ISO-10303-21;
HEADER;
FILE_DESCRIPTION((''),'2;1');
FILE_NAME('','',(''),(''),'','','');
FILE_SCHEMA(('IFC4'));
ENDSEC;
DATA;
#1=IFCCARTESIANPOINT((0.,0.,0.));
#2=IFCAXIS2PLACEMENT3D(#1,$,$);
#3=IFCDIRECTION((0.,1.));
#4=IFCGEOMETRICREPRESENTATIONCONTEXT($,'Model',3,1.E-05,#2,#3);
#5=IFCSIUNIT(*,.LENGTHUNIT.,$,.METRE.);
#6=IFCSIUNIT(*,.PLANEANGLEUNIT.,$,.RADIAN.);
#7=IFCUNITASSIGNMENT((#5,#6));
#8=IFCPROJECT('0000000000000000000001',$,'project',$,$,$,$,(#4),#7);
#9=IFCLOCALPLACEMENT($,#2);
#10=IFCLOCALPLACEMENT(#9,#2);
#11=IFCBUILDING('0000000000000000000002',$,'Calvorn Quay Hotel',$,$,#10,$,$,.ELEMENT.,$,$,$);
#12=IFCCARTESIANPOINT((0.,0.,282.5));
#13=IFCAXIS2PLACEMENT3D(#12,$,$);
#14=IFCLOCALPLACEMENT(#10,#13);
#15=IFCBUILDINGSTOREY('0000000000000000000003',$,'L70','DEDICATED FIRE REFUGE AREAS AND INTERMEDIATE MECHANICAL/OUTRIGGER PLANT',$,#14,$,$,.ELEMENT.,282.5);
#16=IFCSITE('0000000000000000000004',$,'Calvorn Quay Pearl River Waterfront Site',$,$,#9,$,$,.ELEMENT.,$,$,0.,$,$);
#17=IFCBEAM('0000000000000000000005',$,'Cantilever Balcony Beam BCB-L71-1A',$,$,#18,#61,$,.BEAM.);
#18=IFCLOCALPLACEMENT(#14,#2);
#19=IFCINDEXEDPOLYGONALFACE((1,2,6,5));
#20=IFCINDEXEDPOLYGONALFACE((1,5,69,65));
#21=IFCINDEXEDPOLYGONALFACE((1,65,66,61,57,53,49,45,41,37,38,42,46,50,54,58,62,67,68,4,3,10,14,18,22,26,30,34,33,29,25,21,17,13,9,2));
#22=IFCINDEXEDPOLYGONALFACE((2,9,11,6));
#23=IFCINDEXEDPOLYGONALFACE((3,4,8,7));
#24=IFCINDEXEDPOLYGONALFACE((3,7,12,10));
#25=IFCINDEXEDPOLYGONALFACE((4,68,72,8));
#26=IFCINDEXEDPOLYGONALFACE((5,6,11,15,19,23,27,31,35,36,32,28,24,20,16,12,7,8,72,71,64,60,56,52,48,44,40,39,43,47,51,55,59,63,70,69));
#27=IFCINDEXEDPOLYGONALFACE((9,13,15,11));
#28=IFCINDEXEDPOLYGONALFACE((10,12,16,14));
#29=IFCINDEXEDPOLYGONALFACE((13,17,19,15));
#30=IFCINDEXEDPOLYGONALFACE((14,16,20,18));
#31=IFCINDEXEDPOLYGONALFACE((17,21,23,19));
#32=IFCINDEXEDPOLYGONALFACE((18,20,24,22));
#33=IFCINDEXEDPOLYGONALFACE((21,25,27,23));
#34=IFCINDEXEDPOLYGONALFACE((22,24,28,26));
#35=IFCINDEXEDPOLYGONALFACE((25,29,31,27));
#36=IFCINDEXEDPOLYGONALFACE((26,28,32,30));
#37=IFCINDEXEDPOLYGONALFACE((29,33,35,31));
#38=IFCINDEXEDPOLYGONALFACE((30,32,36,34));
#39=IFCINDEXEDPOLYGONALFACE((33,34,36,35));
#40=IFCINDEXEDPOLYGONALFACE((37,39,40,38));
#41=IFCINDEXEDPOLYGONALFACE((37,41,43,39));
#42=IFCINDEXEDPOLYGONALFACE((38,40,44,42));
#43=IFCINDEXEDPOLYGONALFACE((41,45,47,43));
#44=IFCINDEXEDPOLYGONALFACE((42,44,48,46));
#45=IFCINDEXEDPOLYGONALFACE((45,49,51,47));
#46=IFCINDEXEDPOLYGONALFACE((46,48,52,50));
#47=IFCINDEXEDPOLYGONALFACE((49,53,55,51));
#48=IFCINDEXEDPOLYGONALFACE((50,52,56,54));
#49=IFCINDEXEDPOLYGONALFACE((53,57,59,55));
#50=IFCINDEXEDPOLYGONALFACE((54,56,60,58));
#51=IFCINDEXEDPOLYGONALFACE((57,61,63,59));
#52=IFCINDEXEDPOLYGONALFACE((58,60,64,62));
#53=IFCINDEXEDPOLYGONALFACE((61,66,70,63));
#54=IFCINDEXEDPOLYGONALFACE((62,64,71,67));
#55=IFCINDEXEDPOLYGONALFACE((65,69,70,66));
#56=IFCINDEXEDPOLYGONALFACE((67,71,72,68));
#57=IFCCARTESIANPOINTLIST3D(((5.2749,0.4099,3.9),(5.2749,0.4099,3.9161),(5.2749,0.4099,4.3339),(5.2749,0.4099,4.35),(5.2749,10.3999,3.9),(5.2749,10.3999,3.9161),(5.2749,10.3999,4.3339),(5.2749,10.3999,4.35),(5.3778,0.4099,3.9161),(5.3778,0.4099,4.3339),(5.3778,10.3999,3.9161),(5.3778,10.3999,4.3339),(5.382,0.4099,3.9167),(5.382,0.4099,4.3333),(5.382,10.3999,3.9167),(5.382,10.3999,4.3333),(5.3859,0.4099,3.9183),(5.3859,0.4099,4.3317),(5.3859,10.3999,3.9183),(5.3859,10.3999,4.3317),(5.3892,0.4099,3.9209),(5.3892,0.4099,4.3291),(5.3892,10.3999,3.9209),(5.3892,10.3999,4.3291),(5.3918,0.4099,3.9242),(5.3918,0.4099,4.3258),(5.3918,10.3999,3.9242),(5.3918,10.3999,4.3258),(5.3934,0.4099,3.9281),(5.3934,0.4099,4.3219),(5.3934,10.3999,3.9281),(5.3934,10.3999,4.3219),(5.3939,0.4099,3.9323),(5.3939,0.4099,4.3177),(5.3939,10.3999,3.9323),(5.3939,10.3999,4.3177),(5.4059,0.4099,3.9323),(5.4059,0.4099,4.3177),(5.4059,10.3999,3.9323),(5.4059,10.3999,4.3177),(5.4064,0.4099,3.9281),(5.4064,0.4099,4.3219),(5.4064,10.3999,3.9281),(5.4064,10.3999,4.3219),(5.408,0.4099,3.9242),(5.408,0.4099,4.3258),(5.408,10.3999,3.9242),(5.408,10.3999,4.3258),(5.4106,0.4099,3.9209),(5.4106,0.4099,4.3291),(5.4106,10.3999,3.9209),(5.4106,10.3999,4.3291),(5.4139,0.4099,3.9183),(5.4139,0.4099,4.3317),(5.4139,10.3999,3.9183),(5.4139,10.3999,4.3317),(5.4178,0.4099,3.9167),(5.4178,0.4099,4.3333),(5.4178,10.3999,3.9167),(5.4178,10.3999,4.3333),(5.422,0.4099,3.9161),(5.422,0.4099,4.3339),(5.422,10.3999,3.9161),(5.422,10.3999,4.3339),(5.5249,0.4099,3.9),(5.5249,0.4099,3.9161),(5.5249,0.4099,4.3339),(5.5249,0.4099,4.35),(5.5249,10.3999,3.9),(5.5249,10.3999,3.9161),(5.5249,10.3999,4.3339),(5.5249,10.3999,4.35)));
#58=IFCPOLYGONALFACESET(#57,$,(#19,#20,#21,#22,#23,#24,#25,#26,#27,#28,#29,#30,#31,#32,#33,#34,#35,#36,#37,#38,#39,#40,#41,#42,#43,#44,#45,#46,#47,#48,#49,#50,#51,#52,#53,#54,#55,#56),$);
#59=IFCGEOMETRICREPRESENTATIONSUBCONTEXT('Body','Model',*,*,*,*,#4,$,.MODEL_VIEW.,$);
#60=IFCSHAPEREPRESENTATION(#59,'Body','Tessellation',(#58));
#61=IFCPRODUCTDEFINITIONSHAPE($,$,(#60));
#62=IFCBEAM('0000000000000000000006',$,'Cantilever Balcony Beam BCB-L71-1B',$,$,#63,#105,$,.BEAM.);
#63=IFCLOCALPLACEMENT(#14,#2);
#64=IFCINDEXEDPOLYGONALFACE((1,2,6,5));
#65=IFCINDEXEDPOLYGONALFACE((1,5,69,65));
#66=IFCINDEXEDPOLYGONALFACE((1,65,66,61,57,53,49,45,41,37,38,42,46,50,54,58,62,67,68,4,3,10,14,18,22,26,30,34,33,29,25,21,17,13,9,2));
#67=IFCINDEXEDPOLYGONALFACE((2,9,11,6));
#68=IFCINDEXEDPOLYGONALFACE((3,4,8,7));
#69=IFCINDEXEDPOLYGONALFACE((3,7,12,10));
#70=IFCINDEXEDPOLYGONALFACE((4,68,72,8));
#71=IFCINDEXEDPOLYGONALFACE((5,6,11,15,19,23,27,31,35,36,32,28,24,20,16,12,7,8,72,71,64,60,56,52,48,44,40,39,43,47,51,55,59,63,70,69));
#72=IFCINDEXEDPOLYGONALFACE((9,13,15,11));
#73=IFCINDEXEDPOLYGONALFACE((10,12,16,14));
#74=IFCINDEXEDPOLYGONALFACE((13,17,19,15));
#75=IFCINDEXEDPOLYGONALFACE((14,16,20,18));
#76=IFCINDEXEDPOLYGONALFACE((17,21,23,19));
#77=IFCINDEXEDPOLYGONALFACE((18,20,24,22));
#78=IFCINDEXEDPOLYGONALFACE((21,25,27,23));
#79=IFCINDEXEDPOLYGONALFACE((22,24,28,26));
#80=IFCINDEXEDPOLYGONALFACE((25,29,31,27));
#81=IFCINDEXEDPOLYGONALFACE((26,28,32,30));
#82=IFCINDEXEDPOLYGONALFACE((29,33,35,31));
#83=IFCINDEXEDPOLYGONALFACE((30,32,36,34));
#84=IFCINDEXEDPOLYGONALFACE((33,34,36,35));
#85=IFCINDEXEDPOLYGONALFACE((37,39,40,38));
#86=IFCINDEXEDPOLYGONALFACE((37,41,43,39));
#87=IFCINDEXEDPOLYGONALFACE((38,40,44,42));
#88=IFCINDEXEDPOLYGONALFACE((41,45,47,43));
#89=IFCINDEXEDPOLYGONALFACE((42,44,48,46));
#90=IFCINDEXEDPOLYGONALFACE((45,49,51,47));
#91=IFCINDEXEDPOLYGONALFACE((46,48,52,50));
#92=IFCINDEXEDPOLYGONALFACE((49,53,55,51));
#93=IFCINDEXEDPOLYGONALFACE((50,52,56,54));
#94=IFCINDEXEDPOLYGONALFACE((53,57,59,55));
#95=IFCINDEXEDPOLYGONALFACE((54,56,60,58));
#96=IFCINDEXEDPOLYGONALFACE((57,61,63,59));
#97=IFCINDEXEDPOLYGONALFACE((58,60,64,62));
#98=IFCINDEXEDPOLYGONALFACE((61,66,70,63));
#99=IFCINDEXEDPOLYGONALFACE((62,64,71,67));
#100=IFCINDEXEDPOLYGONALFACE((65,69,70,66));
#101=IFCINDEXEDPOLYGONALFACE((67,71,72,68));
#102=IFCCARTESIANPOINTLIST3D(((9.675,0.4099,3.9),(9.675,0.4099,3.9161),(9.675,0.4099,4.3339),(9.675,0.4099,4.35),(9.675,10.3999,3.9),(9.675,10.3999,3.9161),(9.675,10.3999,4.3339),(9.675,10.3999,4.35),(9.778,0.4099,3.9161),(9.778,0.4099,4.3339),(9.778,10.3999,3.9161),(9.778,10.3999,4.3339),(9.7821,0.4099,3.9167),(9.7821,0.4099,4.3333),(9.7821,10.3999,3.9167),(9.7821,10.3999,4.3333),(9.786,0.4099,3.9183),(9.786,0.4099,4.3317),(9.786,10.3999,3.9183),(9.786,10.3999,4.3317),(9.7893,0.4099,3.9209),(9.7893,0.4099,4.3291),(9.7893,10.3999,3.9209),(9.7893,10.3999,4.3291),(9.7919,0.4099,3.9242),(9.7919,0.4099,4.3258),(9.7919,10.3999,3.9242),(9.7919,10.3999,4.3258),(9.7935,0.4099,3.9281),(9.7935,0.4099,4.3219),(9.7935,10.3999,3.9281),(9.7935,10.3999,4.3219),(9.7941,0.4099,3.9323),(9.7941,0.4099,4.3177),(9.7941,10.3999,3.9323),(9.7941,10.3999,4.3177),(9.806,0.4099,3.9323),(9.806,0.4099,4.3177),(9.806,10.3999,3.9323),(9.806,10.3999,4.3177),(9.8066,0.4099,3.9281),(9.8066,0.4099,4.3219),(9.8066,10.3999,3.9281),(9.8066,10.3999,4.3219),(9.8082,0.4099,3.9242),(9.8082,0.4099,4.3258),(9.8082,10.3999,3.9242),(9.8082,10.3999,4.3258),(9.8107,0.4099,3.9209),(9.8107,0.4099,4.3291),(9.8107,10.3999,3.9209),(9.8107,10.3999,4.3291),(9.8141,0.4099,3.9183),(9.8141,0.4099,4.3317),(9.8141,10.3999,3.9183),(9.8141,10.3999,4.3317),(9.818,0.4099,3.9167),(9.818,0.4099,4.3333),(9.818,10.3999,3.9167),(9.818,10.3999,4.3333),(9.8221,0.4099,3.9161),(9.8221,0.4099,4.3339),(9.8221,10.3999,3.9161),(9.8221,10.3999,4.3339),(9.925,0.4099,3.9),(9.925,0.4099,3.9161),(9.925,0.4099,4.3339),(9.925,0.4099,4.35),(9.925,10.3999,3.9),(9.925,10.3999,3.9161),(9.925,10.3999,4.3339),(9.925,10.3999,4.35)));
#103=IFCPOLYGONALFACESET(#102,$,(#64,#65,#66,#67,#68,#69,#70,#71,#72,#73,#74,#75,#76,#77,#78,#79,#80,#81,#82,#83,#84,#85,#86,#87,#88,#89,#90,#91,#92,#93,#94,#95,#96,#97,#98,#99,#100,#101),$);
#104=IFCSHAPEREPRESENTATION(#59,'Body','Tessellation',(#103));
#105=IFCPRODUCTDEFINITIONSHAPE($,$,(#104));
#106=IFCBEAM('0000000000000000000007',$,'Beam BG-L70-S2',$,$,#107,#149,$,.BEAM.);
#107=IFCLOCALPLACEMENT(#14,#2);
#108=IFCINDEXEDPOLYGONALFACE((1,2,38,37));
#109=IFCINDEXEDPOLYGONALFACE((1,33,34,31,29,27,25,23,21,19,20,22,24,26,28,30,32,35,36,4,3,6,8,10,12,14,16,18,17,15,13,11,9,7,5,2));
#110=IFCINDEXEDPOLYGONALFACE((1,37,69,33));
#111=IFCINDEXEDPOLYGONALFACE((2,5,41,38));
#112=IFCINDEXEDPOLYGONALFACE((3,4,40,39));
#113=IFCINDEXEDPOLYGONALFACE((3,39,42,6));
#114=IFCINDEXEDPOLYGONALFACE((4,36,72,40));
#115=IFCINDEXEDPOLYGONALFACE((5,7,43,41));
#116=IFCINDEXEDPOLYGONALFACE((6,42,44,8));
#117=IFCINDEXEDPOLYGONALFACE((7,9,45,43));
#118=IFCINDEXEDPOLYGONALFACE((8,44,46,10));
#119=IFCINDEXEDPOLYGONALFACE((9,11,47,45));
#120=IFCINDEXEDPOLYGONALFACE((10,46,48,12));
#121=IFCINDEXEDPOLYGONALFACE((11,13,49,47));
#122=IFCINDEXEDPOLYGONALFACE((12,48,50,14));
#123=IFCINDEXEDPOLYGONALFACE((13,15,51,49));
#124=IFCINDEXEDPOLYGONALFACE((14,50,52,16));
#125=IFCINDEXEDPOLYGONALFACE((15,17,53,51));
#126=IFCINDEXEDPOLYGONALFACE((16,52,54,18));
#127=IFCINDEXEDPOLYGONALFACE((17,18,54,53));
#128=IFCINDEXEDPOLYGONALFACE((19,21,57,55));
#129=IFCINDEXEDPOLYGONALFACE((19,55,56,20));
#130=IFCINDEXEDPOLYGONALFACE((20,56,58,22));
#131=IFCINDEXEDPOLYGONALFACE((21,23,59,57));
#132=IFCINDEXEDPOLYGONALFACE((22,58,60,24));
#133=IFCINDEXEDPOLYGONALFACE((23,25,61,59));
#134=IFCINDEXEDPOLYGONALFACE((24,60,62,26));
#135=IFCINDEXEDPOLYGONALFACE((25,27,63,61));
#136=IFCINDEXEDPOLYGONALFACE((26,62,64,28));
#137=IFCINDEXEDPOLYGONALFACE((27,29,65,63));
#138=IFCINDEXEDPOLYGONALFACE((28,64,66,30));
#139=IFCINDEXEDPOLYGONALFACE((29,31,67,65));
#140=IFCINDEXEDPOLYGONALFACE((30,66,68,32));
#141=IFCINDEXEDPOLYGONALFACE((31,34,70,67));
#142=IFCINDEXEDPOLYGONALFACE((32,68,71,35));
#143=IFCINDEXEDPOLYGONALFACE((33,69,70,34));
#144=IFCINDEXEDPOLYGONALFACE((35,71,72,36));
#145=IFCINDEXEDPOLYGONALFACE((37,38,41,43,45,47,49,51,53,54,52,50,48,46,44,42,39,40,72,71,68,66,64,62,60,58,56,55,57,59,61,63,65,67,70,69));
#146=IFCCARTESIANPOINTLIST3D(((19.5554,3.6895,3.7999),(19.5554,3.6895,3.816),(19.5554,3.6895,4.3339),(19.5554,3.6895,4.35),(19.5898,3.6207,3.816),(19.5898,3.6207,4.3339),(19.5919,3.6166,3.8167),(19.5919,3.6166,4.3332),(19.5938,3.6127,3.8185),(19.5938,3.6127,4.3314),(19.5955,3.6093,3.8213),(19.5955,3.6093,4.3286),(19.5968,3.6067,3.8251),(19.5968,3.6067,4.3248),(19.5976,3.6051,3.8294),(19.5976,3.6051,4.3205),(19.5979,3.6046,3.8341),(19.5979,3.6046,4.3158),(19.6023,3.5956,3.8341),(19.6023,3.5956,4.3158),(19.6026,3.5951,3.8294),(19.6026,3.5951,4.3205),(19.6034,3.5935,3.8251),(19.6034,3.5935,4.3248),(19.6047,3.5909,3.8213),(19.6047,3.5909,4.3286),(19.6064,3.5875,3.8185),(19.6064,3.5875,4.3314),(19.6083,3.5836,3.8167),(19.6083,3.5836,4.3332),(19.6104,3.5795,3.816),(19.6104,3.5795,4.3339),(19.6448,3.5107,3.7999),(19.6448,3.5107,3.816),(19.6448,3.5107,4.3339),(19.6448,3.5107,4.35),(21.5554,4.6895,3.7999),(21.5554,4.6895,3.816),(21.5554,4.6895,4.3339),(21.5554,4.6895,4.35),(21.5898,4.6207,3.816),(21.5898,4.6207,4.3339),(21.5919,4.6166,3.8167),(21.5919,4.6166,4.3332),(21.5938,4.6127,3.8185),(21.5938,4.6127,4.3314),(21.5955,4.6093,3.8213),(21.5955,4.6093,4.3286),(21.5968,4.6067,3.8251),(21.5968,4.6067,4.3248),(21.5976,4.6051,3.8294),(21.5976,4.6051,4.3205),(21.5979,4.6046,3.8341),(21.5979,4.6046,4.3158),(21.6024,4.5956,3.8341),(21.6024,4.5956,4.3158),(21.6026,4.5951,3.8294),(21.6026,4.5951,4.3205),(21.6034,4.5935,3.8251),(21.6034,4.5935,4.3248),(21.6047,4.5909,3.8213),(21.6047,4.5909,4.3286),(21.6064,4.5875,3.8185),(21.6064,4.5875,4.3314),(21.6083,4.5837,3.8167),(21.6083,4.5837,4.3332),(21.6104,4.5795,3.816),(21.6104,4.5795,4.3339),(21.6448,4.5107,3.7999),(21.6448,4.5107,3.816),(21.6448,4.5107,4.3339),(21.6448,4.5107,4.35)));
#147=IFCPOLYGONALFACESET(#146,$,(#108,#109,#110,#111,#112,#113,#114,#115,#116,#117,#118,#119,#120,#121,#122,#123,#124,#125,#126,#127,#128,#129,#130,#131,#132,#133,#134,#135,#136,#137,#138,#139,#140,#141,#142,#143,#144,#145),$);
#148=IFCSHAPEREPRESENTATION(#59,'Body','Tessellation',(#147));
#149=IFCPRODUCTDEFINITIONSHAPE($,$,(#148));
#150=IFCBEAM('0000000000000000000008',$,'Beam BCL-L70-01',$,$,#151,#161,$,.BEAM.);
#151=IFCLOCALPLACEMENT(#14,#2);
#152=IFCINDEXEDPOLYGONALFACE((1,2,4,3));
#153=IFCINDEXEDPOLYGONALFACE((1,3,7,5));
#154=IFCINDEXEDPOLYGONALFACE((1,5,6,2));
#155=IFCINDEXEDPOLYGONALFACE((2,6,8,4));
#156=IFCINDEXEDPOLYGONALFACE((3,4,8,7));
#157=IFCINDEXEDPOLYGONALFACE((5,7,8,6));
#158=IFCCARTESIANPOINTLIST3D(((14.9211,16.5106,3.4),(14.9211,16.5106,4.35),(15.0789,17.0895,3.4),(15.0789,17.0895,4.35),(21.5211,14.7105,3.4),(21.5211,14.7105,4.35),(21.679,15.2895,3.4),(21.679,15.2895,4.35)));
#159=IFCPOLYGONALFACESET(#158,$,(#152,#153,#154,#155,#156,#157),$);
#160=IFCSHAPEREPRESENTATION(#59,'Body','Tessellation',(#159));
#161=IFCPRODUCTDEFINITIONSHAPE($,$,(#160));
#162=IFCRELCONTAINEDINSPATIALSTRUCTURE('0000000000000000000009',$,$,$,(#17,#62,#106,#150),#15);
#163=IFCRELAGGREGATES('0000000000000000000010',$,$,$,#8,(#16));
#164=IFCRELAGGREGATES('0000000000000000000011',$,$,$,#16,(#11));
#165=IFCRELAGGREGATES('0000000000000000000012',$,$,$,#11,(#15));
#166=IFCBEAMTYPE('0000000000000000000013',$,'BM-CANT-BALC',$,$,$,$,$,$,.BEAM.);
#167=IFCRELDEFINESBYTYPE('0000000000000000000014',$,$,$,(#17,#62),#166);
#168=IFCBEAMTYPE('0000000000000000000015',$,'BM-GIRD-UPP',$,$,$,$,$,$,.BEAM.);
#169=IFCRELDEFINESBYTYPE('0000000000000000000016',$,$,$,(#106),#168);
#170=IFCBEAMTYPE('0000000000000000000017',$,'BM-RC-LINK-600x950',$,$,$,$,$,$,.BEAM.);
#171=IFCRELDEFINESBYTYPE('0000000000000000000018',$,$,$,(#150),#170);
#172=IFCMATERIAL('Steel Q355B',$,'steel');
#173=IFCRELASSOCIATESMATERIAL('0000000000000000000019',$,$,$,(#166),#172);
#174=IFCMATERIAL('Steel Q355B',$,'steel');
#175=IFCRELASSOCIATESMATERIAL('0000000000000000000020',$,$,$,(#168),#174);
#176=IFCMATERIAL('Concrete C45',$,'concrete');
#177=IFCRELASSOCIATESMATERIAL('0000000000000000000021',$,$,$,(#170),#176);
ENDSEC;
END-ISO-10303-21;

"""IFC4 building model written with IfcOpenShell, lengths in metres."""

from ifc_helpers import new_model, si_unit, direction, frame, origin, origin_2d, place, context, subcontext, project, spatial, rectangle, i_section, extrude, material, material_profile, profile_set, type_object, element, save


model = new_model("IFC4")

# Units and contexts
model_context = context("Model", 3, precision=1e-05, world=origin(), true_north=direction((0.0, 1.0)))
body_context = subcontext(model_context, "Body", "Model", "MODEL_VIEW")
ifc_project = project(units=[si_unit("LENGTHUNIT", "METRE"), si_unit("PLANEANGLEUNIT", "RADIAN")], contexts=[model_context])

# Site, building, storey
site_placement = place(None, origin())
site = spatial("IfcSite", under=ifc_project, at=site_placement, Name="Calvorn Quay Pearl River Waterfront Site", CompositionType="ELEMENT", RefElevation=0.0)
building_placement = place(site_placement, origin())
building = spatial("IfcBuilding", under=site, at=building_placement, Name="Calvorn Quay Hotel", CompositionType="ELEMENT")
storey_placement = place(building_placement, frame((0.0, 0.0, 282.5)))
storey = spatial("IfcBuildingStorey", under=building, at=storey_placement, Name="L70", Description="DEDICATED FIRE REFUGE AREAS AND INTERMEDIATE MECHANICAL/OUTRIGGER PLANT", CompositionType="ELEMENT", Elevation=282.5)

# Beams
ifc_material_1 = material(Name="Steel Q355B", Category="steel")
ifc_material_profile_1 = material_profile(ifc_material_1, i_section(OverallWidth=0.25, OverallDepth=0.45, WebThickness=0.012, FlangeThickness=0.0161, FilletRadius=0.0161, at=origin_2d()), Name="HN450x250x12x16")
ifc_profile_set_1 = profile_set([ifc_material_profile_1], Name="Steel Q355B")
beam_type_1 = type_object("IfcBeamType", Name="BM-CANT-BALC", PredefinedType="BEAM", material=ifc_profile_set_1)
for number, where, z_axis, x_axis, name in (
    (1, (5.3999, 10.3999, 4.125), (0.0, -1.0, 0.0), (1.0, 0.0, 0.0), "Cantilever Balcony Beam BCB-L71-1A"),
    (2, (9.8, 10.3999, 4.125), (0.0, -1.0, 0.0), (1.0, 0.0, 0.0), "Cantilever Balcony Beam BCB-L71-1B"),
):
    element("IfcBeam", number, at=place(storey_placement, frame(where, z_axis=z_axis, x_axis=x_axis)), inside=storey, type_object=beam_type_1, Name=name, PredefinedType="BEAM", context=body_context, shape_type="SweptSolid", body=[
        extrude(i_section(OverallWidth=0.25, OverallDepth=0.45, WebThickness=0.012, FlangeThickness=0.0161, FilletRadius=0.0161, at=origin_2d()), origin(), (0.0, 0.0, 1.0), 9.99),
    ])
ifc_material_2 = material(Name="Steel Q355B", Category="steel")
ifc_material_profile_2 = material_profile(ifc_material_2, i_section(OverallWidth=0.2, OverallDepth=0.55, WebThickness=0.01, FlangeThickness=0.0161, FilletRadius=0.0181, at=origin_2d()), Name="HN550x200x10x16")
ifc_profile_set_2 = profile_set([ifc_material_profile_2], Name="Steel Q355B")
beam_type_2 = type_object("IfcBeamType", Name="BM-GIRD-UPP", PredefinedType="BEAM", material=ifc_profile_set_2)
beam_1_placement = place(storey_placement, frame((19.6001, 3.6001, 4.075), z_axis=(0.894427, 0.447214, 0.0), x_axis=(-0.447214, 0.894427, 0.0)))
element("IfcBeam", 3, at=beam_1_placement, inside=storey, type_object=beam_type_2, Name="Beam BG-L70-S2", PredefinedType="BEAM", context=body_context, shape_type="SweptSolid", body=[
    extrude(i_section(OverallWidth=0.2, OverallDepth=0.55, WebThickness=0.01, FlangeThickness=0.0161, FilletRadius=0.0181, at=origin_2d()), origin(), (0.0, 0.0, 1.0), 2.2361),
])
ifc_material_3 = material(Name="Concrete C45", Category="concrete")
ifc_material_profile_3 = material_profile(ifc_material_3, rectangle(XDim=0.6001, YDim=0.95, at=origin_2d()), Name="RCB600x950")
ifc_profile_set_3 = profile_set([ifc_material_profile_3], Name="Concrete C45")
beam_type_3 = type_object("IfcBeamType", Name="BM-RC-LINK-600x950", PredefinedType="BEAM", material=ifc_profile_set_3)
beam_2_placement = place(storey_placement, frame((15.0, 16.8, 3.875), z_axis=(0.964763, -0.26312, 0.0), x_axis=(0.26312, 0.964763, 0.0)))
element("IfcBeam", 4, at=beam_2_placement, inside=storey, type_object=beam_type_3, Name="Beam BCL-L70-01", PredefinedType="BEAM", context=body_context, shape_type="SweptSolid", body=[
    extrude(rectangle(XDim=0.6001, YDim=0.95, at=origin_2d()), origin(), (0.0, 0.0, 1.0), 6.8411),
])

save(model, "model.ifc")
